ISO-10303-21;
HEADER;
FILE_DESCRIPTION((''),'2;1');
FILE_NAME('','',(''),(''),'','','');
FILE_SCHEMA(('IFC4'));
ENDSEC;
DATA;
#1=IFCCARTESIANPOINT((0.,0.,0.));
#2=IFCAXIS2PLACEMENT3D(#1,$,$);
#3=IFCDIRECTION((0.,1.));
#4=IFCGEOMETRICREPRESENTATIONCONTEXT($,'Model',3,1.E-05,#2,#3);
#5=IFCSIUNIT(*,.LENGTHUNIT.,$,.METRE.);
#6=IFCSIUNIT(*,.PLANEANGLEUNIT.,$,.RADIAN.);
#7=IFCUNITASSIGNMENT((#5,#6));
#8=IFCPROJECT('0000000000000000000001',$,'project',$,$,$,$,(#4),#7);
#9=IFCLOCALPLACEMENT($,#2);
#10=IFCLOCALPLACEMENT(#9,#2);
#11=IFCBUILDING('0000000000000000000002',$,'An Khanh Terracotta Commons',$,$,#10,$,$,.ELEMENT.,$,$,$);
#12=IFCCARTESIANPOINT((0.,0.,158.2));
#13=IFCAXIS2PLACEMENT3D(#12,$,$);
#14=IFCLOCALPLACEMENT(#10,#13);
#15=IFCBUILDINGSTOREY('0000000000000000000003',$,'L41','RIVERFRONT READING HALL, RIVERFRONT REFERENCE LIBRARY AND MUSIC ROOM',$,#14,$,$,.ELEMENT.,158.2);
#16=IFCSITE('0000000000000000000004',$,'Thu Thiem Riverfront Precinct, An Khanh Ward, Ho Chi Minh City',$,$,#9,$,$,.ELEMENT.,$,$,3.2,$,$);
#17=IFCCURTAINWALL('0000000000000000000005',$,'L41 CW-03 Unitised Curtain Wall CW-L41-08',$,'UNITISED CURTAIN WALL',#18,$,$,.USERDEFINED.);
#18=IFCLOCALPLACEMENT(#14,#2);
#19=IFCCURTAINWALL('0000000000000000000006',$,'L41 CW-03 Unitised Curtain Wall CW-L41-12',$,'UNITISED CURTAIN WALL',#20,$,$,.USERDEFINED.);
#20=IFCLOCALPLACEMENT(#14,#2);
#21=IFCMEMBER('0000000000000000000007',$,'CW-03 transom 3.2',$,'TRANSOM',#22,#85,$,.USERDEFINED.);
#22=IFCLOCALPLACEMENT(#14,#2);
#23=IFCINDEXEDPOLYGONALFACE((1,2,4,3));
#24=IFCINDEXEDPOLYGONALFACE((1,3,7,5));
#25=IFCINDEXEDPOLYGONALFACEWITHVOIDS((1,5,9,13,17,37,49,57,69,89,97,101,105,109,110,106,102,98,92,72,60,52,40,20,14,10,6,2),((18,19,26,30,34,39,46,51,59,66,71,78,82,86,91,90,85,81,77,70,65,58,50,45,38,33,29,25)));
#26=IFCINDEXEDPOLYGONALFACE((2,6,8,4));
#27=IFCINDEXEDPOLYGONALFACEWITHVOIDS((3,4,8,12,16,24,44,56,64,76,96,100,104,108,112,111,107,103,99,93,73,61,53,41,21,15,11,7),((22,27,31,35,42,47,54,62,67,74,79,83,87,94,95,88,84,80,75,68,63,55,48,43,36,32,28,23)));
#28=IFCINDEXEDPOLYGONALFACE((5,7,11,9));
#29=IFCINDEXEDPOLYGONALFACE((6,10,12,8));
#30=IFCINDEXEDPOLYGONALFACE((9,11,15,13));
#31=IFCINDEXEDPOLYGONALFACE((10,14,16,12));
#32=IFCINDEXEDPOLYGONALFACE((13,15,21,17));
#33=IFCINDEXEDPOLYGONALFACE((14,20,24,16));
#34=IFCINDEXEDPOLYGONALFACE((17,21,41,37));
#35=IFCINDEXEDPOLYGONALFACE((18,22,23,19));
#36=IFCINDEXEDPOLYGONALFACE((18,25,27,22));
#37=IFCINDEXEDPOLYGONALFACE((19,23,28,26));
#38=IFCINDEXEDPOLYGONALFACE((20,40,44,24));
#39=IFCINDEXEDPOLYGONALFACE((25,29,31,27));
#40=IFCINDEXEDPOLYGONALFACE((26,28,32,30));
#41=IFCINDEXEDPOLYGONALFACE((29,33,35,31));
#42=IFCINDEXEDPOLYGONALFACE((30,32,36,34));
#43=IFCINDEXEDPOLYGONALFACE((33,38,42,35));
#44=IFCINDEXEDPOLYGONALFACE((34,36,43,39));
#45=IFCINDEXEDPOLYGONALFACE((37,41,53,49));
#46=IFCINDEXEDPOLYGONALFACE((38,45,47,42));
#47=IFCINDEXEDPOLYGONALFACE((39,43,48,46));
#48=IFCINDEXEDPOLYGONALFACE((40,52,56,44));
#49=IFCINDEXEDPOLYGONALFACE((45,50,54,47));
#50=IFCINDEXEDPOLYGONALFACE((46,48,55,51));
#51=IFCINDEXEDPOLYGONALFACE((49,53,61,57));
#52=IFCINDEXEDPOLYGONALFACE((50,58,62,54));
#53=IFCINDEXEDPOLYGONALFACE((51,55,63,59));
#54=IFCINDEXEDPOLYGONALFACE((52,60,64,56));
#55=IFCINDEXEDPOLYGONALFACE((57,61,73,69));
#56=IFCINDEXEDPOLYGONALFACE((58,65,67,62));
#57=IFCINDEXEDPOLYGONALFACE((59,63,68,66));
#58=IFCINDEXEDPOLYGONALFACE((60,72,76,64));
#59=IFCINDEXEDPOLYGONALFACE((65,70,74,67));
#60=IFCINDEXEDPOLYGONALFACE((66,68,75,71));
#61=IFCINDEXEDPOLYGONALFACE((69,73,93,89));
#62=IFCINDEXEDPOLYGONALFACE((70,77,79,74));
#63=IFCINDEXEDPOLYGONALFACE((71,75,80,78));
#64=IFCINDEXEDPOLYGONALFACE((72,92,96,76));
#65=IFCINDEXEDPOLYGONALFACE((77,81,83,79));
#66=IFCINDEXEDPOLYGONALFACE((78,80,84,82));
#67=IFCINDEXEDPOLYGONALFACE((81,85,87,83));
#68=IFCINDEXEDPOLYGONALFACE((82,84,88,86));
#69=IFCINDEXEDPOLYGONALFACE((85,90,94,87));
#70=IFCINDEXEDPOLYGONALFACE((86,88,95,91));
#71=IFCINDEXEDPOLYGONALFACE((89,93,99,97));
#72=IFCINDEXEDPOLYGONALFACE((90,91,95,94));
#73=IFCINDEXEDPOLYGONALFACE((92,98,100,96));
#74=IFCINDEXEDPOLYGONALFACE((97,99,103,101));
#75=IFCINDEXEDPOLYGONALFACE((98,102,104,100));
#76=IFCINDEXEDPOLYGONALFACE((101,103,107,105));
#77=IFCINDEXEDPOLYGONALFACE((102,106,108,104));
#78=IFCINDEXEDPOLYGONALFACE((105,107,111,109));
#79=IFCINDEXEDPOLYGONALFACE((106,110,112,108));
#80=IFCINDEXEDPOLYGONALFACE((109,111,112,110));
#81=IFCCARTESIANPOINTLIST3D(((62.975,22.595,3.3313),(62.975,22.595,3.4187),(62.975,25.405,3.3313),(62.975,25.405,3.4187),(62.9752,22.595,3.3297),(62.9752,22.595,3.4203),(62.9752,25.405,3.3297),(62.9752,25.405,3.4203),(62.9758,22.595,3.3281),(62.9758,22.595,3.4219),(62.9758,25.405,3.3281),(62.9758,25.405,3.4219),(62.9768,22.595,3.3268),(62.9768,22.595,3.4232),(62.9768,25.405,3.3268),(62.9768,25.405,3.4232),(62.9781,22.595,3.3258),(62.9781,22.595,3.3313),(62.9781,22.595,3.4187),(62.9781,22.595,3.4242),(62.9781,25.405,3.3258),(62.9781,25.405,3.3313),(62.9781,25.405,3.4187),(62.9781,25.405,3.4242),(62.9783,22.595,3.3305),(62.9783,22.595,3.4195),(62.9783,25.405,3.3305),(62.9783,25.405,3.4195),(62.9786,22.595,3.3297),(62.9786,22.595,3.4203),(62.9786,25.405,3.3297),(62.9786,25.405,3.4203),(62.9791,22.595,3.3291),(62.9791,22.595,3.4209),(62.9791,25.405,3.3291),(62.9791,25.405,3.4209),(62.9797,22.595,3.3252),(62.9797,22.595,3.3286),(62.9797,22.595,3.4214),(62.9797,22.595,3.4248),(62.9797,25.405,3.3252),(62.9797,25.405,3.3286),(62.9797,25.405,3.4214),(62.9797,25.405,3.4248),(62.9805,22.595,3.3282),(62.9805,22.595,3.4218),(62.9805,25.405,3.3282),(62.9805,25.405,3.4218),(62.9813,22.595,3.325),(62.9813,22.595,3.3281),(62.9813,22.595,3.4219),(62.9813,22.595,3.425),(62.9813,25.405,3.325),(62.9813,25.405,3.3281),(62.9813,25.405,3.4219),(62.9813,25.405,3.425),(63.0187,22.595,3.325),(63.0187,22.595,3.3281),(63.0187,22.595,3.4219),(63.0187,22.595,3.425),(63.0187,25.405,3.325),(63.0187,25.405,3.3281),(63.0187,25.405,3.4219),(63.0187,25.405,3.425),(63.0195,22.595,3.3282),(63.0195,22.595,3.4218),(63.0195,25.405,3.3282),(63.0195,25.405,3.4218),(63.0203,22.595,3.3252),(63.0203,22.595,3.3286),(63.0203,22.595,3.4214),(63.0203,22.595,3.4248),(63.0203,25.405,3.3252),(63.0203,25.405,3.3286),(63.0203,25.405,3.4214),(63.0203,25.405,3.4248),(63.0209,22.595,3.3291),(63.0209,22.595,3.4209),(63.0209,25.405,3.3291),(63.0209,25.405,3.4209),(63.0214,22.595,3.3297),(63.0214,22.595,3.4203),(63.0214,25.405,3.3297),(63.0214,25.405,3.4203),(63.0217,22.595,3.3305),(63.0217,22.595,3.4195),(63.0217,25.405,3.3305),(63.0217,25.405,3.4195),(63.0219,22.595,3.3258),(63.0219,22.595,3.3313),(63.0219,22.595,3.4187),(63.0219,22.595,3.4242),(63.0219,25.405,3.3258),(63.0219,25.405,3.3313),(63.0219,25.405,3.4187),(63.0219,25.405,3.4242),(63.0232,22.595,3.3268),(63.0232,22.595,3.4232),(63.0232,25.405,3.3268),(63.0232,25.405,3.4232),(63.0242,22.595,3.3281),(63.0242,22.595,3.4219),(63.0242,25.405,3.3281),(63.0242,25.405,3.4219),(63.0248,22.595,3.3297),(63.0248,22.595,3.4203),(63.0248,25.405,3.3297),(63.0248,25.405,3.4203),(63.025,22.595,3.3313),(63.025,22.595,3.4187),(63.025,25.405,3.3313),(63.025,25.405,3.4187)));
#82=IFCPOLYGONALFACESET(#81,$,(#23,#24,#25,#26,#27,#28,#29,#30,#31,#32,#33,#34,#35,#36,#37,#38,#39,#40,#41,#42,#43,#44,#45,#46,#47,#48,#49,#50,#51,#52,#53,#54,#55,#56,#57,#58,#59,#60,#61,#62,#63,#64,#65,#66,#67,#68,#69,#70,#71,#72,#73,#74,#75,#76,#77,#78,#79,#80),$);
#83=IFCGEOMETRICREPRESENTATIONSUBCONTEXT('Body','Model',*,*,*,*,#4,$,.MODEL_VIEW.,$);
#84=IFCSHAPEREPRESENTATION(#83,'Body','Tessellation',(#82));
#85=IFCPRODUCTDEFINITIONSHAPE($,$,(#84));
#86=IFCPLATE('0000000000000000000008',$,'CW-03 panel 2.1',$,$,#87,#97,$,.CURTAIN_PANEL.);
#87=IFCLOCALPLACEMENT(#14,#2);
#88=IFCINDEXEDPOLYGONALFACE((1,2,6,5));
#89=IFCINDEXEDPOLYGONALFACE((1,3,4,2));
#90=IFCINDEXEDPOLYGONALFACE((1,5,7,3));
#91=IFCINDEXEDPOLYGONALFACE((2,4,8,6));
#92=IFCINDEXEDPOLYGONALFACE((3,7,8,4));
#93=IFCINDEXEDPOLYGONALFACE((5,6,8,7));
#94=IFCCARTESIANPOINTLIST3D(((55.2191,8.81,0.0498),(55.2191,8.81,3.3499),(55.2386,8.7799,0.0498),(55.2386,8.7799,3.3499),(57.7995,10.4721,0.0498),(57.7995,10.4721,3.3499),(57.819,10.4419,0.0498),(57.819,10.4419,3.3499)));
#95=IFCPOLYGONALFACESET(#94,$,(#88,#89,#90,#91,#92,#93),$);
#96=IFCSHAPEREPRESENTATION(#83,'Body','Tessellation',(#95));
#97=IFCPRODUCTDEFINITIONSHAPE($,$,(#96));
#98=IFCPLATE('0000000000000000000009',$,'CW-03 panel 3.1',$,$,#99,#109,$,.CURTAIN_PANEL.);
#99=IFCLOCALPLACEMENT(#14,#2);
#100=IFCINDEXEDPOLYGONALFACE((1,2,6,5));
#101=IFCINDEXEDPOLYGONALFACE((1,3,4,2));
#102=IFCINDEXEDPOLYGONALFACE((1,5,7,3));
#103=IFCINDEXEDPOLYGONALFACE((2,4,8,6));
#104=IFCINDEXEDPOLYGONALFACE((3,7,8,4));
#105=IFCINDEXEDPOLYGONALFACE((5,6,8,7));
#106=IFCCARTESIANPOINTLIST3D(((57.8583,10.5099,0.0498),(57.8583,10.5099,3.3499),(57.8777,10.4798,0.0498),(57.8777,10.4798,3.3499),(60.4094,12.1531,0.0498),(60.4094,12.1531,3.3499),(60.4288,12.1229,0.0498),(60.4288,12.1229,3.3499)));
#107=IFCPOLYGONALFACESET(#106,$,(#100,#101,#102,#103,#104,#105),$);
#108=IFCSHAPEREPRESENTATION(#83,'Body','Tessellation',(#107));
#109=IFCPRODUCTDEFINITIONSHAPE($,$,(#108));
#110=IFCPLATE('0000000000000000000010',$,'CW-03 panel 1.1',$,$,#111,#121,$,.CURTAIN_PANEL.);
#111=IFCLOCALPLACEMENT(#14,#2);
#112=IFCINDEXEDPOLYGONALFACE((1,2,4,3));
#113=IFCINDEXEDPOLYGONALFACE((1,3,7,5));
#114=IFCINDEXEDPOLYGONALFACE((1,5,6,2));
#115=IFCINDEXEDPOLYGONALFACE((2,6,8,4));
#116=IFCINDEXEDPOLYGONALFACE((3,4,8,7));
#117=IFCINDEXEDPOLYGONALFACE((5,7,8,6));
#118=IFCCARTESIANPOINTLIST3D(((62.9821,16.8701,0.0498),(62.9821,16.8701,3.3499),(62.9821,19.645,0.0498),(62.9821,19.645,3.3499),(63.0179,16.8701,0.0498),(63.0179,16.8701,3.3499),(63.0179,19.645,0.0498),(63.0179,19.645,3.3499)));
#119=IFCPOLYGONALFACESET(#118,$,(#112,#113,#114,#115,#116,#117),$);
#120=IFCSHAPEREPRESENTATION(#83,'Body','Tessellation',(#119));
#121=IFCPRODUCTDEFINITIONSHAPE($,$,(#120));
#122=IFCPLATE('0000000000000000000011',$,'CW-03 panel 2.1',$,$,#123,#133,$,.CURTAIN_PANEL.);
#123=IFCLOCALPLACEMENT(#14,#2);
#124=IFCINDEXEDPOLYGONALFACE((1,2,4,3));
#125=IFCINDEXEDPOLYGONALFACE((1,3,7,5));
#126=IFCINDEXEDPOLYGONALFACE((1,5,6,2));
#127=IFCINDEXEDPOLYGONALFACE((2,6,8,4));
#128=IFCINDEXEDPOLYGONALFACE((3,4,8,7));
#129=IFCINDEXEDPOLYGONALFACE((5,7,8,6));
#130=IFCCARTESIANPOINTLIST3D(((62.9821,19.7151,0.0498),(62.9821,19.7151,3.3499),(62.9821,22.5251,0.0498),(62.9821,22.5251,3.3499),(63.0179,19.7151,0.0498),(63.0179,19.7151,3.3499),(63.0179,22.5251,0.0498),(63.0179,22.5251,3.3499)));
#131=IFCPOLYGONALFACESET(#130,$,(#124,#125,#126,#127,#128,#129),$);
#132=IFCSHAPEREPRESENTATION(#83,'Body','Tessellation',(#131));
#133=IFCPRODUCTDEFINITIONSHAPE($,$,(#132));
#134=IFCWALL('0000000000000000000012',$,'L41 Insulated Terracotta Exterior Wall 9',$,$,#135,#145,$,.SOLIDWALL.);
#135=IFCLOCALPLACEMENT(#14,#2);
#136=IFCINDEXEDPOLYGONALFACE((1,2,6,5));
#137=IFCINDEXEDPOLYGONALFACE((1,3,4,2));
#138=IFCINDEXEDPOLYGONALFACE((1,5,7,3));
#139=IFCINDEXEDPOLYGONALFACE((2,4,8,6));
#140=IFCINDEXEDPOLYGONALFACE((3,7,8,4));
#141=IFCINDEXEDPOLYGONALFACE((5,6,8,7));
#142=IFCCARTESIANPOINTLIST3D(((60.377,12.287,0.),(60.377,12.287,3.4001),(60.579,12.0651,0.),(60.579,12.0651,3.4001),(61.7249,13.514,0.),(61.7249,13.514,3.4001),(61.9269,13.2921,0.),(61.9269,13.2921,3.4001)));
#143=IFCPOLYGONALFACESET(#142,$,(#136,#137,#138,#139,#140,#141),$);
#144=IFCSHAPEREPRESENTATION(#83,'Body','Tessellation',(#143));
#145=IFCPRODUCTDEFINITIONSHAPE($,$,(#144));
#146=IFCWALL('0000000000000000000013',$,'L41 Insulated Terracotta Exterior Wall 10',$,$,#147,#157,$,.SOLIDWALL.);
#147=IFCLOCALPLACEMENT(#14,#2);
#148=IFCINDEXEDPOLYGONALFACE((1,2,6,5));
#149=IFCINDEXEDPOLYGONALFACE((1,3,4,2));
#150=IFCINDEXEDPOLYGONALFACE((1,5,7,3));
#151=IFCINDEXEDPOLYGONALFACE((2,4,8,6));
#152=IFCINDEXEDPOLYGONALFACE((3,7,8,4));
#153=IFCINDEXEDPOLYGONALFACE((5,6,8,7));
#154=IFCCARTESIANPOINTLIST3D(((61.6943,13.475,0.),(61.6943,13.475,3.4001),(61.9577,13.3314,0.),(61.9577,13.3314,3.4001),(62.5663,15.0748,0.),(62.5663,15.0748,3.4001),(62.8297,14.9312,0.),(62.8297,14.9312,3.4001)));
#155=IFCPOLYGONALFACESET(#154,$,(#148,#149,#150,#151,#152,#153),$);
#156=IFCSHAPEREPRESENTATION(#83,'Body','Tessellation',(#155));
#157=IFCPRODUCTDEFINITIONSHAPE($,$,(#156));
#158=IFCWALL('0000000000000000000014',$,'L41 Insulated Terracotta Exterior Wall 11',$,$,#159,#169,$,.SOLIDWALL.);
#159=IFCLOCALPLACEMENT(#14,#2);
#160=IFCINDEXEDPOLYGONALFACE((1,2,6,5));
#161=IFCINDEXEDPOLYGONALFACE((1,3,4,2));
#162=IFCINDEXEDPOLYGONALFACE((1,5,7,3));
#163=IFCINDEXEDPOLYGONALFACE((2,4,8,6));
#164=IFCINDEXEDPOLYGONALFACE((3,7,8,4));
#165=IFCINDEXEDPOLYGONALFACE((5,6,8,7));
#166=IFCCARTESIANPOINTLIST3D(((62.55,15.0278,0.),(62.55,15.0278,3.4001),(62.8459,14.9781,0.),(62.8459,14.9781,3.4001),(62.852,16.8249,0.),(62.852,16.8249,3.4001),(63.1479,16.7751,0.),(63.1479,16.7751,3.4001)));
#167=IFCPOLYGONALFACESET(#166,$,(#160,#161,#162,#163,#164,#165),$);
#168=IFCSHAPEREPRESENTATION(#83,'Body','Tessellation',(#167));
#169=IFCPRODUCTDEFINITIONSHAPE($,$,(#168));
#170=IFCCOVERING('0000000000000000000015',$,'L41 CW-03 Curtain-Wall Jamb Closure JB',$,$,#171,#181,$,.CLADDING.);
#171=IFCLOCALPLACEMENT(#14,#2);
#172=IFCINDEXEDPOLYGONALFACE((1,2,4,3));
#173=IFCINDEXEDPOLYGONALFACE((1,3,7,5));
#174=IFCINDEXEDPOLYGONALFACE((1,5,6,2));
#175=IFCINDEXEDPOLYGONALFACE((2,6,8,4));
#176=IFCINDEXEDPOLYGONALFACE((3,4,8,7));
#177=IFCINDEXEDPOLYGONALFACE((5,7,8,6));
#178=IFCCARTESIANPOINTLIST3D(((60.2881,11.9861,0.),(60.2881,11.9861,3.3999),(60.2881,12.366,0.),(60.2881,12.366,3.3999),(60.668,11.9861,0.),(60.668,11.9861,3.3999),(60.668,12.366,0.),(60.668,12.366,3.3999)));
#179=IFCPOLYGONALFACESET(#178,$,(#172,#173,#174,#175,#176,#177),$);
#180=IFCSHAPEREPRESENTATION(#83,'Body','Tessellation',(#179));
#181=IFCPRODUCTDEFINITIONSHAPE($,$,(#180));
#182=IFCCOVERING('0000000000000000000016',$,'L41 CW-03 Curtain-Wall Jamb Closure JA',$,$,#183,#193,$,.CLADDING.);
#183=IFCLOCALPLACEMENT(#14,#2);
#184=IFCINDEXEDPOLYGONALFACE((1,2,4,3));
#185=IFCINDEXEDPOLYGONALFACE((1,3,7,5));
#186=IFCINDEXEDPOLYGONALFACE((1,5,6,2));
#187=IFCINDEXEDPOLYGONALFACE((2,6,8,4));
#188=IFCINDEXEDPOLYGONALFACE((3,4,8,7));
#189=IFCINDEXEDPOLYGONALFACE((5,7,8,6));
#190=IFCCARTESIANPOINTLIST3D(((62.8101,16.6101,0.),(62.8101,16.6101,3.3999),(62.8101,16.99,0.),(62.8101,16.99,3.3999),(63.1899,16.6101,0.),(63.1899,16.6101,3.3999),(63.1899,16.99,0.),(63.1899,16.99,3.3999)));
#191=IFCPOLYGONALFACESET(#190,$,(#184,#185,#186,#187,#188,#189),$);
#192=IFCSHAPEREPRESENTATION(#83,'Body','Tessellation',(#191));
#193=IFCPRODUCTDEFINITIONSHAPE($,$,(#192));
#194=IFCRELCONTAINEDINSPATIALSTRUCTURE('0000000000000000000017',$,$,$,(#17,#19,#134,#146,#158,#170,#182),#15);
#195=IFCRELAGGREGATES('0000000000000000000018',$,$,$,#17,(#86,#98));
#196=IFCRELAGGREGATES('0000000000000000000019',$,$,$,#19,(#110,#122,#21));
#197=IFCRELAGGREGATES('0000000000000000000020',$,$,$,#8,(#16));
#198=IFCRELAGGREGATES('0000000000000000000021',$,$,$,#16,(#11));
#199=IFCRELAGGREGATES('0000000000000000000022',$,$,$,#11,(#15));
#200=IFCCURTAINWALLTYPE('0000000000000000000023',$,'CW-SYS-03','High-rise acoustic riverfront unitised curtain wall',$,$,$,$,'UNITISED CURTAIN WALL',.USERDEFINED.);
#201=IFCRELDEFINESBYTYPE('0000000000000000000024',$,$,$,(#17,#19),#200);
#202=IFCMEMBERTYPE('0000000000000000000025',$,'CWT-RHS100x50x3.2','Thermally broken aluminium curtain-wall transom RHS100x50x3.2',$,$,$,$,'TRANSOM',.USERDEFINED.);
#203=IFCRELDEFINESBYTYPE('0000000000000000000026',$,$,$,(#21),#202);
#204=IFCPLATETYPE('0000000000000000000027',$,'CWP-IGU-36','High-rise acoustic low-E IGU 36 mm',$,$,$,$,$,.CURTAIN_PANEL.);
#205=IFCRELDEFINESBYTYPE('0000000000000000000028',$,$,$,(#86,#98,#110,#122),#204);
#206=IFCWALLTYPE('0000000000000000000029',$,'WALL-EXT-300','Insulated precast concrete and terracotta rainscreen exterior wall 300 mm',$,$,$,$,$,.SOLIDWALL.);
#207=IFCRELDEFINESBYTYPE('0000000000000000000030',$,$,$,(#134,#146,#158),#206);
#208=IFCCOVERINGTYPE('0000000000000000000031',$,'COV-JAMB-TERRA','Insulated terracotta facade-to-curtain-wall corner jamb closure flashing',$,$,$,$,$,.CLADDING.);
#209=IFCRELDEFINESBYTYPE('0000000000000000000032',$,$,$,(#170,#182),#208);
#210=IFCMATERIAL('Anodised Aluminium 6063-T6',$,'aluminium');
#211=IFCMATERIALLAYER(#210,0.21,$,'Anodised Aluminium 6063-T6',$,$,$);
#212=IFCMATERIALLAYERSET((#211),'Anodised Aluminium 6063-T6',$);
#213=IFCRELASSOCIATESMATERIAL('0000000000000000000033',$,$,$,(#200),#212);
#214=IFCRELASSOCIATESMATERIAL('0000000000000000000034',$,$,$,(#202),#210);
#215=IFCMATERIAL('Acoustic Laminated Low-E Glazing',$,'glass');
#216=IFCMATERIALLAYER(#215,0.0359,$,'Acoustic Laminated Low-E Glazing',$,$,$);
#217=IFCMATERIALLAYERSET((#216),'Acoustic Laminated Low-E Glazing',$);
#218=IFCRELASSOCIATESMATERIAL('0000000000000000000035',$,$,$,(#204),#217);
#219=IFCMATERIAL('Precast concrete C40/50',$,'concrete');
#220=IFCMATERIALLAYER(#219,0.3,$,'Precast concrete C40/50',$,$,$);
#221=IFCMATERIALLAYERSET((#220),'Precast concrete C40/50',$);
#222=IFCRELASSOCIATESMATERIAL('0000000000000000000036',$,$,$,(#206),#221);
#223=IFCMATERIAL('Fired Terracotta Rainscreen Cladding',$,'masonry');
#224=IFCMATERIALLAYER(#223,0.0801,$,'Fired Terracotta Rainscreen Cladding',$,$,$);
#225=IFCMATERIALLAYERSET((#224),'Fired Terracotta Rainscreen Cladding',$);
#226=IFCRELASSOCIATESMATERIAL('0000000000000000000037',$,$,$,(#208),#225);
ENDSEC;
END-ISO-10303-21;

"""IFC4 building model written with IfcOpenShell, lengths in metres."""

from ifc_helpers import new_model, si_unit, direction, frame, frame_2d, origin, origin_2d, place, context, subcontext, project, spatial, rectangle, hollow_rectangle, extrude, material, layer, layer_set, material_profile, profile_set, type_object, element, aggregate, save


model = new_model("IFC4")

# Units and contexts
model_context = context("Model", 3, precision=1e-05, world=origin(), true_north=direction((0.0, 1.0)))
body_context = subcontext(model_context, "Body", "Model", "MODEL_VIEW")
ifc_project = project(units=[si_unit("LENGTHUNIT", "METRE"), si_unit("PLANEANGLEUNIT", "RADIAN")], contexts=[model_context])

# Site, building, storey
site_placement = place(None, origin())
site = spatial("IfcSite", under=ifc_project, at=site_placement, Name="Thu Thiem Riverfront Precinct, An Khanh Ward, Ho Chi Minh City", CompositionType="ELEMENT", RefElevation=3.2)
building_placement = place(site_placement, origin())
building = spatial("IfcBuilding", under=site, at=building_placement, Name="An Khanh Terracotta Commons", CompositionType="ELEMENT")
storey_placement = place(building_placement, frame((0.0, 0.0, 158.2)))
storey = spatial("IfcBuildingStorey", under=building, at=storey_placement, Name="L41", Description="RIVERFRONT READING HALL, RIVERFRONT REFERENCE LIBRARY AND MUSIC ROOM", CompositionType="ELEMENT", Elevation=158.2)

# Curtain walls
ifc_material_1 = material(Name="Anodised Aluminium 6063-T6", Category="aluminium")
ifc_layer_1 = layer(ifc_material_1, 0.21, Name="Anodised Aluminium 6063-T6")
ifc_layer_set_1 = layer_set([ifc_layer_1], Name="Anodised Aluminium 6063-T6")
curtain_wall_type = type_object("IfcCurtainWallType", Name="CW-SYS-03", Description="High-rise acoustic riverfront unitised curtain wall", ElementType="UNITISED CURTAIN WALL", PredefinedType="USERDEFINED", material=ifc_layer_set_1)
curtain_wall_1_placement = place(storey_placement, origin())
curtain_wall_1 = element("IfcCurtainWall", 1, at=curtain_wall_1_placement, inside=storey, type_object=curtain_wall_type, Name="L41 CW-03 Unitised Curtain Wall CW-L41-08", ObjectType="UNITISED CURTAIN WALL", PredefinedType="USERDEFINED")
curtain_wall_2_placement = place(storey_placement, origin())
curtain_wall_2 = element("IfcCurtainWall", 2, at=curtain_wall_2_placement, inside=storey, type_object=curtain_wall_type, Name="L41 CW-03 Unitised Curtain Wall CW-L41-12", ObjectType="UNITISED CURTAIN WALL", PredefinedType="USERDEFINED")

# Member
ifc_material_profile_1 = material_profile(ifc_material_1, hollow_rectangle(XDim=0.05, YDim=0.1001, WallThickness=0.0032, InnerFilletRadius=0.0032, OuterFilletRadius=0.0063, at=origin_2d()), Name="RHS100x50x3.2")
ifc_profile_set_1 = profile_set([ifc_material_profile_1], Name="Anodised Aluminium 6063-T6")
member_type_1 = type_object("IfcMemberType", Name="CWT-RHS100x50x3.2", Description="Thermally broken aluminium curtain-wall transom RHS100x50x3.2", ElementType="TRANSOM", PredefinedType="USERDEFINED", material=ifc_profile_set_1)
member_1_placement = place(storey_placement, frame((63.0, 22.595, 3.375), z_axis=(0.0, 1.0, 0.0), x_axis=(-1.0, 0.0, 0.0)))
member_1 = element("IfcMember", 3, at=member_1_placement, type_object=member_type_1, Name="CW-03 transom 3.2", ObjectType="TRANSOM", PredefinedType="USERDEFINED", context=body_context, shape_type="SweptSolid", body=[
    extrude(hollow_rectangle(XDim=0.05, YDim=0.1001, WallThickness=0.0032, InnerFilletRadius=0.0032, OuterFilletRadius=0.0063, at=origin_2d()), origin(), (0.0, 0.0, 1.0), 2.8101),
])

# Plates
ifc_material_2 = material(Name="Acoustic Laminated Low-E Glazing", Category="glass")
ifc_layer_2 = layer(ifc_material_2, 0.0359, Name="Acoustic Laminated Low-E Glazing")
ifc_layer_set_2 = layer_set([ifc_layer_2], Name="Acoustic Laminated Low-E Glazing")
plate_type = type_object("IfcPlateType", Name="CWP-IGU-36", Description="High-rise acoustic low-E IGU 36 mm", PredefinedType="CURTAIN_PANEL", material=ifc_layer_set_2)
plate_1_placement = place(storey_placement, frame((56.519, 9.626, 0.0498), z_axis=(0.0, 0.0, 1.0), x_axis=(0.840702, 0.541498, 0.0)))
plate_1 = element("IfcPlate", 4, at=plate_1_placement, type_object=plate_type, Name="CW-03 panel 2.1", PredefinedType="CURTAIN_PANEL", context=body_context, shape_type="SweptSolid", body=[
    extrude(rectangle(XDim=3.0693, YDim=0.0359, at=origin_2d()), origin(), (0.0, 0.0, 1.0), 3.3),
])
plate_2_placement = place(storey_placement, frame((59.1436, 11.3164, 0.0498), z_axis=(0.0, 0.0, 1.0), x_axis=(0.840702, 0.541498, 0.0)))
plate_2 = element("IfcPlate", 5, at=plate_2_placement, type_object=plate_type, Name="CW-03 panel 3.1", PredefinedType="CURTAIN_PANEL", context=body_context, shape_type="SweptSolid", body=[
    extrude(rectangle(XDim=3.0344, YDim=0.0359, at=origin_2d()), origin(), (0.0, 0.0, 1.0), 3.3),
])
aggregate(curtain_wall_1, [plate_1, plate_2])
plate_3_placement = place(storey_placement, frame((63.0, 18.2576, 0.0498), z_axis=(0.0, 0.0, 1.0), x_axis=(0.0, 1.0, 0.0)))
plate_3 = element("IfcPlate", 6, at=plate_3_placement, type_object=plate_type, Name="CW-03 panel 1.1", PredefinedType="CURTAIN_PANEL", context=body_context, shape_type="SweptSolid", body=[
    extrude(rectangle(XDim=2.7749, YDim=0.0359, at=origin_2d()), origin(), (0.0, 0.0, 1.0), 3.3),
])
plate_4_placement = place(storey_placement, frame((63.0, 21.1201, 0.0498), z_axis=(0.0, 0.0, 1.0), x_axis=(0.0, 1.0, 0.0)))
plate_4 = element("IfcPlate", 7, at=plate_4_placement, type_object=plate_type, Name="CW-03 panel 2.1", PredefinedType="CURTAIN_PANEL", context=body_context, shape_type="SweptSolid", body=[
    extrude(rectangle(XDim=2.8101, YDim=0.0359, at=origin_2d()), origin(), (0.0, 0.0, 1.0), 3.3),
])
aggregate(curtain_wall_2, [plate_3, plate_4, member_1])

# Walls
ifc_material_3 = material(Name="Precast concrete C40/50", Category="concrete")
ifc_layer_3 = layer(ifc_material_3, 0.3, Name="Precast concrete C40/50")
ifc_layer_set_3 = layer_set([ifc_layer_3], Name="Precast concrete C40/50")
wall_type = type_object("IfcWallType", Name="WALL-EXT-300", Description="Insulated precast concrete and terracotta rainscreen exterior wall 300 mm", PredefinedType="SOLIDWALL", material=ifc_layer_set_3)
wall_1_placement = place(storey_placement, frame((60.478, 12.176, 0.0), z_axis=(0.0, 0.0, 1.0), x_axis=(0.739479, 0.673179, 0.0)))
element("IfcWall", 8, at=wall_1_placement, inside=storey, type_object=wall_type, Name="L41 Insulated Terracotta Exterior Wall 9", PredefinedType="SOLIDWALL", context=body_context, shape_type="SweptSolid", body=[
    extrude(rectangle(XDim=1.8228, YDim=0.3, at=frame_2d((0.9114, 0.0))), origin(), (0.0, 0.0, 1.0), 3.4001),
])
wall_2_placement = place(storey_placement, frame((61.8259, 13.4031, 0.0), z_axis=(0.0, 0.0, 1.0), x_axis=(0.478608, 0.878029, 0.0)))
element("IfcWall", 9, at=wall_2_placement, inside=storey, type_object=wall_type, Name="L41 Insulated Terracotta Exterior Wall 10", PredefinedType="SOLIDWALL", context=body_context, shape_type="SweptSolid", body=[
    extrude(rectangle(XDim=1.822, YDim=0.3, at=frame_2d((0.9111, 0.0))), origin(), (0.0, 0.0, 1.0), 3.4001),
])
wall_3_placement = place(storey_placement, frame((62.698, 15.0029, 0.0), z_axis=(0.0, 0.0, 1.0), x_axis=(0.165724, 0.986172, 0.0)))
element("IfcWall", 10, at=wall_3_placement, inside=storey, type_object=wall_type, Name="L41 Insulated Terracotta Exterior Wall 11", PredefinedType="SOLIDWALL", context=body_context, shape_type="SweptSolid", body=[
    extrude(rectangle(XDim=1.8223, YDim=0.3, at=frame_2d((0.9111, 0.0))), origin(), (0.0, 0.0, 1.0), 3.4001),
])

# Coverings
ifc_material_4 = material(Name="Fired Terracotta Rainscreen Cladding", Category="masonry")
ifc_layer_4 = layer(ifc_material_4, 0.0801, Name="Fired Terracotta Rainscreen Cladding")
ifc_layer_set_4 = layer_set([ifc_layer_4], Name="Fired Terracotta Rainscreen Cladding")
covering_type = type_object("IfcCoveringType", Name="COV-JAMB-TERRA", Description="Insulated terracotta facade-to-curtain-wall corner jamb closure flashing", PredefinedType="CLADDING", material=ifc_layer_set_4)
for number, where, z_axis, x_axis, name in (
    (11, (60.478, 12.176, 0.0), (0.0, 0.0, 1.0), (1.0, 0.0, 0.0), "L41 CW-03 Curtain-Wall Jamb Closure JB"),
    (12, (63.0, 16.8, 0.0), (0.0, 0.0, 1.0), (1.0, 0.0, 0.0), "L41 CW-03 Curtain-Wall Jamb Closure JA"),
):
    element("IfcCovering", number, at=place(storey_placement, frame(where, z_axis=z_axis, x_axis=x_axis)), inside=storey, type_object=covering_type, Name=name, PredefinedType="CLADDING", context=body_context, shape_type="SweptSolid", body=[
        extrude(rectangle(XDim=0.3799, YDim=0.3799, at=origin_2d()), origin(), (0.0, 0.0, 1.0), 3.3999),
    ])

save(model, "model.ifc")
